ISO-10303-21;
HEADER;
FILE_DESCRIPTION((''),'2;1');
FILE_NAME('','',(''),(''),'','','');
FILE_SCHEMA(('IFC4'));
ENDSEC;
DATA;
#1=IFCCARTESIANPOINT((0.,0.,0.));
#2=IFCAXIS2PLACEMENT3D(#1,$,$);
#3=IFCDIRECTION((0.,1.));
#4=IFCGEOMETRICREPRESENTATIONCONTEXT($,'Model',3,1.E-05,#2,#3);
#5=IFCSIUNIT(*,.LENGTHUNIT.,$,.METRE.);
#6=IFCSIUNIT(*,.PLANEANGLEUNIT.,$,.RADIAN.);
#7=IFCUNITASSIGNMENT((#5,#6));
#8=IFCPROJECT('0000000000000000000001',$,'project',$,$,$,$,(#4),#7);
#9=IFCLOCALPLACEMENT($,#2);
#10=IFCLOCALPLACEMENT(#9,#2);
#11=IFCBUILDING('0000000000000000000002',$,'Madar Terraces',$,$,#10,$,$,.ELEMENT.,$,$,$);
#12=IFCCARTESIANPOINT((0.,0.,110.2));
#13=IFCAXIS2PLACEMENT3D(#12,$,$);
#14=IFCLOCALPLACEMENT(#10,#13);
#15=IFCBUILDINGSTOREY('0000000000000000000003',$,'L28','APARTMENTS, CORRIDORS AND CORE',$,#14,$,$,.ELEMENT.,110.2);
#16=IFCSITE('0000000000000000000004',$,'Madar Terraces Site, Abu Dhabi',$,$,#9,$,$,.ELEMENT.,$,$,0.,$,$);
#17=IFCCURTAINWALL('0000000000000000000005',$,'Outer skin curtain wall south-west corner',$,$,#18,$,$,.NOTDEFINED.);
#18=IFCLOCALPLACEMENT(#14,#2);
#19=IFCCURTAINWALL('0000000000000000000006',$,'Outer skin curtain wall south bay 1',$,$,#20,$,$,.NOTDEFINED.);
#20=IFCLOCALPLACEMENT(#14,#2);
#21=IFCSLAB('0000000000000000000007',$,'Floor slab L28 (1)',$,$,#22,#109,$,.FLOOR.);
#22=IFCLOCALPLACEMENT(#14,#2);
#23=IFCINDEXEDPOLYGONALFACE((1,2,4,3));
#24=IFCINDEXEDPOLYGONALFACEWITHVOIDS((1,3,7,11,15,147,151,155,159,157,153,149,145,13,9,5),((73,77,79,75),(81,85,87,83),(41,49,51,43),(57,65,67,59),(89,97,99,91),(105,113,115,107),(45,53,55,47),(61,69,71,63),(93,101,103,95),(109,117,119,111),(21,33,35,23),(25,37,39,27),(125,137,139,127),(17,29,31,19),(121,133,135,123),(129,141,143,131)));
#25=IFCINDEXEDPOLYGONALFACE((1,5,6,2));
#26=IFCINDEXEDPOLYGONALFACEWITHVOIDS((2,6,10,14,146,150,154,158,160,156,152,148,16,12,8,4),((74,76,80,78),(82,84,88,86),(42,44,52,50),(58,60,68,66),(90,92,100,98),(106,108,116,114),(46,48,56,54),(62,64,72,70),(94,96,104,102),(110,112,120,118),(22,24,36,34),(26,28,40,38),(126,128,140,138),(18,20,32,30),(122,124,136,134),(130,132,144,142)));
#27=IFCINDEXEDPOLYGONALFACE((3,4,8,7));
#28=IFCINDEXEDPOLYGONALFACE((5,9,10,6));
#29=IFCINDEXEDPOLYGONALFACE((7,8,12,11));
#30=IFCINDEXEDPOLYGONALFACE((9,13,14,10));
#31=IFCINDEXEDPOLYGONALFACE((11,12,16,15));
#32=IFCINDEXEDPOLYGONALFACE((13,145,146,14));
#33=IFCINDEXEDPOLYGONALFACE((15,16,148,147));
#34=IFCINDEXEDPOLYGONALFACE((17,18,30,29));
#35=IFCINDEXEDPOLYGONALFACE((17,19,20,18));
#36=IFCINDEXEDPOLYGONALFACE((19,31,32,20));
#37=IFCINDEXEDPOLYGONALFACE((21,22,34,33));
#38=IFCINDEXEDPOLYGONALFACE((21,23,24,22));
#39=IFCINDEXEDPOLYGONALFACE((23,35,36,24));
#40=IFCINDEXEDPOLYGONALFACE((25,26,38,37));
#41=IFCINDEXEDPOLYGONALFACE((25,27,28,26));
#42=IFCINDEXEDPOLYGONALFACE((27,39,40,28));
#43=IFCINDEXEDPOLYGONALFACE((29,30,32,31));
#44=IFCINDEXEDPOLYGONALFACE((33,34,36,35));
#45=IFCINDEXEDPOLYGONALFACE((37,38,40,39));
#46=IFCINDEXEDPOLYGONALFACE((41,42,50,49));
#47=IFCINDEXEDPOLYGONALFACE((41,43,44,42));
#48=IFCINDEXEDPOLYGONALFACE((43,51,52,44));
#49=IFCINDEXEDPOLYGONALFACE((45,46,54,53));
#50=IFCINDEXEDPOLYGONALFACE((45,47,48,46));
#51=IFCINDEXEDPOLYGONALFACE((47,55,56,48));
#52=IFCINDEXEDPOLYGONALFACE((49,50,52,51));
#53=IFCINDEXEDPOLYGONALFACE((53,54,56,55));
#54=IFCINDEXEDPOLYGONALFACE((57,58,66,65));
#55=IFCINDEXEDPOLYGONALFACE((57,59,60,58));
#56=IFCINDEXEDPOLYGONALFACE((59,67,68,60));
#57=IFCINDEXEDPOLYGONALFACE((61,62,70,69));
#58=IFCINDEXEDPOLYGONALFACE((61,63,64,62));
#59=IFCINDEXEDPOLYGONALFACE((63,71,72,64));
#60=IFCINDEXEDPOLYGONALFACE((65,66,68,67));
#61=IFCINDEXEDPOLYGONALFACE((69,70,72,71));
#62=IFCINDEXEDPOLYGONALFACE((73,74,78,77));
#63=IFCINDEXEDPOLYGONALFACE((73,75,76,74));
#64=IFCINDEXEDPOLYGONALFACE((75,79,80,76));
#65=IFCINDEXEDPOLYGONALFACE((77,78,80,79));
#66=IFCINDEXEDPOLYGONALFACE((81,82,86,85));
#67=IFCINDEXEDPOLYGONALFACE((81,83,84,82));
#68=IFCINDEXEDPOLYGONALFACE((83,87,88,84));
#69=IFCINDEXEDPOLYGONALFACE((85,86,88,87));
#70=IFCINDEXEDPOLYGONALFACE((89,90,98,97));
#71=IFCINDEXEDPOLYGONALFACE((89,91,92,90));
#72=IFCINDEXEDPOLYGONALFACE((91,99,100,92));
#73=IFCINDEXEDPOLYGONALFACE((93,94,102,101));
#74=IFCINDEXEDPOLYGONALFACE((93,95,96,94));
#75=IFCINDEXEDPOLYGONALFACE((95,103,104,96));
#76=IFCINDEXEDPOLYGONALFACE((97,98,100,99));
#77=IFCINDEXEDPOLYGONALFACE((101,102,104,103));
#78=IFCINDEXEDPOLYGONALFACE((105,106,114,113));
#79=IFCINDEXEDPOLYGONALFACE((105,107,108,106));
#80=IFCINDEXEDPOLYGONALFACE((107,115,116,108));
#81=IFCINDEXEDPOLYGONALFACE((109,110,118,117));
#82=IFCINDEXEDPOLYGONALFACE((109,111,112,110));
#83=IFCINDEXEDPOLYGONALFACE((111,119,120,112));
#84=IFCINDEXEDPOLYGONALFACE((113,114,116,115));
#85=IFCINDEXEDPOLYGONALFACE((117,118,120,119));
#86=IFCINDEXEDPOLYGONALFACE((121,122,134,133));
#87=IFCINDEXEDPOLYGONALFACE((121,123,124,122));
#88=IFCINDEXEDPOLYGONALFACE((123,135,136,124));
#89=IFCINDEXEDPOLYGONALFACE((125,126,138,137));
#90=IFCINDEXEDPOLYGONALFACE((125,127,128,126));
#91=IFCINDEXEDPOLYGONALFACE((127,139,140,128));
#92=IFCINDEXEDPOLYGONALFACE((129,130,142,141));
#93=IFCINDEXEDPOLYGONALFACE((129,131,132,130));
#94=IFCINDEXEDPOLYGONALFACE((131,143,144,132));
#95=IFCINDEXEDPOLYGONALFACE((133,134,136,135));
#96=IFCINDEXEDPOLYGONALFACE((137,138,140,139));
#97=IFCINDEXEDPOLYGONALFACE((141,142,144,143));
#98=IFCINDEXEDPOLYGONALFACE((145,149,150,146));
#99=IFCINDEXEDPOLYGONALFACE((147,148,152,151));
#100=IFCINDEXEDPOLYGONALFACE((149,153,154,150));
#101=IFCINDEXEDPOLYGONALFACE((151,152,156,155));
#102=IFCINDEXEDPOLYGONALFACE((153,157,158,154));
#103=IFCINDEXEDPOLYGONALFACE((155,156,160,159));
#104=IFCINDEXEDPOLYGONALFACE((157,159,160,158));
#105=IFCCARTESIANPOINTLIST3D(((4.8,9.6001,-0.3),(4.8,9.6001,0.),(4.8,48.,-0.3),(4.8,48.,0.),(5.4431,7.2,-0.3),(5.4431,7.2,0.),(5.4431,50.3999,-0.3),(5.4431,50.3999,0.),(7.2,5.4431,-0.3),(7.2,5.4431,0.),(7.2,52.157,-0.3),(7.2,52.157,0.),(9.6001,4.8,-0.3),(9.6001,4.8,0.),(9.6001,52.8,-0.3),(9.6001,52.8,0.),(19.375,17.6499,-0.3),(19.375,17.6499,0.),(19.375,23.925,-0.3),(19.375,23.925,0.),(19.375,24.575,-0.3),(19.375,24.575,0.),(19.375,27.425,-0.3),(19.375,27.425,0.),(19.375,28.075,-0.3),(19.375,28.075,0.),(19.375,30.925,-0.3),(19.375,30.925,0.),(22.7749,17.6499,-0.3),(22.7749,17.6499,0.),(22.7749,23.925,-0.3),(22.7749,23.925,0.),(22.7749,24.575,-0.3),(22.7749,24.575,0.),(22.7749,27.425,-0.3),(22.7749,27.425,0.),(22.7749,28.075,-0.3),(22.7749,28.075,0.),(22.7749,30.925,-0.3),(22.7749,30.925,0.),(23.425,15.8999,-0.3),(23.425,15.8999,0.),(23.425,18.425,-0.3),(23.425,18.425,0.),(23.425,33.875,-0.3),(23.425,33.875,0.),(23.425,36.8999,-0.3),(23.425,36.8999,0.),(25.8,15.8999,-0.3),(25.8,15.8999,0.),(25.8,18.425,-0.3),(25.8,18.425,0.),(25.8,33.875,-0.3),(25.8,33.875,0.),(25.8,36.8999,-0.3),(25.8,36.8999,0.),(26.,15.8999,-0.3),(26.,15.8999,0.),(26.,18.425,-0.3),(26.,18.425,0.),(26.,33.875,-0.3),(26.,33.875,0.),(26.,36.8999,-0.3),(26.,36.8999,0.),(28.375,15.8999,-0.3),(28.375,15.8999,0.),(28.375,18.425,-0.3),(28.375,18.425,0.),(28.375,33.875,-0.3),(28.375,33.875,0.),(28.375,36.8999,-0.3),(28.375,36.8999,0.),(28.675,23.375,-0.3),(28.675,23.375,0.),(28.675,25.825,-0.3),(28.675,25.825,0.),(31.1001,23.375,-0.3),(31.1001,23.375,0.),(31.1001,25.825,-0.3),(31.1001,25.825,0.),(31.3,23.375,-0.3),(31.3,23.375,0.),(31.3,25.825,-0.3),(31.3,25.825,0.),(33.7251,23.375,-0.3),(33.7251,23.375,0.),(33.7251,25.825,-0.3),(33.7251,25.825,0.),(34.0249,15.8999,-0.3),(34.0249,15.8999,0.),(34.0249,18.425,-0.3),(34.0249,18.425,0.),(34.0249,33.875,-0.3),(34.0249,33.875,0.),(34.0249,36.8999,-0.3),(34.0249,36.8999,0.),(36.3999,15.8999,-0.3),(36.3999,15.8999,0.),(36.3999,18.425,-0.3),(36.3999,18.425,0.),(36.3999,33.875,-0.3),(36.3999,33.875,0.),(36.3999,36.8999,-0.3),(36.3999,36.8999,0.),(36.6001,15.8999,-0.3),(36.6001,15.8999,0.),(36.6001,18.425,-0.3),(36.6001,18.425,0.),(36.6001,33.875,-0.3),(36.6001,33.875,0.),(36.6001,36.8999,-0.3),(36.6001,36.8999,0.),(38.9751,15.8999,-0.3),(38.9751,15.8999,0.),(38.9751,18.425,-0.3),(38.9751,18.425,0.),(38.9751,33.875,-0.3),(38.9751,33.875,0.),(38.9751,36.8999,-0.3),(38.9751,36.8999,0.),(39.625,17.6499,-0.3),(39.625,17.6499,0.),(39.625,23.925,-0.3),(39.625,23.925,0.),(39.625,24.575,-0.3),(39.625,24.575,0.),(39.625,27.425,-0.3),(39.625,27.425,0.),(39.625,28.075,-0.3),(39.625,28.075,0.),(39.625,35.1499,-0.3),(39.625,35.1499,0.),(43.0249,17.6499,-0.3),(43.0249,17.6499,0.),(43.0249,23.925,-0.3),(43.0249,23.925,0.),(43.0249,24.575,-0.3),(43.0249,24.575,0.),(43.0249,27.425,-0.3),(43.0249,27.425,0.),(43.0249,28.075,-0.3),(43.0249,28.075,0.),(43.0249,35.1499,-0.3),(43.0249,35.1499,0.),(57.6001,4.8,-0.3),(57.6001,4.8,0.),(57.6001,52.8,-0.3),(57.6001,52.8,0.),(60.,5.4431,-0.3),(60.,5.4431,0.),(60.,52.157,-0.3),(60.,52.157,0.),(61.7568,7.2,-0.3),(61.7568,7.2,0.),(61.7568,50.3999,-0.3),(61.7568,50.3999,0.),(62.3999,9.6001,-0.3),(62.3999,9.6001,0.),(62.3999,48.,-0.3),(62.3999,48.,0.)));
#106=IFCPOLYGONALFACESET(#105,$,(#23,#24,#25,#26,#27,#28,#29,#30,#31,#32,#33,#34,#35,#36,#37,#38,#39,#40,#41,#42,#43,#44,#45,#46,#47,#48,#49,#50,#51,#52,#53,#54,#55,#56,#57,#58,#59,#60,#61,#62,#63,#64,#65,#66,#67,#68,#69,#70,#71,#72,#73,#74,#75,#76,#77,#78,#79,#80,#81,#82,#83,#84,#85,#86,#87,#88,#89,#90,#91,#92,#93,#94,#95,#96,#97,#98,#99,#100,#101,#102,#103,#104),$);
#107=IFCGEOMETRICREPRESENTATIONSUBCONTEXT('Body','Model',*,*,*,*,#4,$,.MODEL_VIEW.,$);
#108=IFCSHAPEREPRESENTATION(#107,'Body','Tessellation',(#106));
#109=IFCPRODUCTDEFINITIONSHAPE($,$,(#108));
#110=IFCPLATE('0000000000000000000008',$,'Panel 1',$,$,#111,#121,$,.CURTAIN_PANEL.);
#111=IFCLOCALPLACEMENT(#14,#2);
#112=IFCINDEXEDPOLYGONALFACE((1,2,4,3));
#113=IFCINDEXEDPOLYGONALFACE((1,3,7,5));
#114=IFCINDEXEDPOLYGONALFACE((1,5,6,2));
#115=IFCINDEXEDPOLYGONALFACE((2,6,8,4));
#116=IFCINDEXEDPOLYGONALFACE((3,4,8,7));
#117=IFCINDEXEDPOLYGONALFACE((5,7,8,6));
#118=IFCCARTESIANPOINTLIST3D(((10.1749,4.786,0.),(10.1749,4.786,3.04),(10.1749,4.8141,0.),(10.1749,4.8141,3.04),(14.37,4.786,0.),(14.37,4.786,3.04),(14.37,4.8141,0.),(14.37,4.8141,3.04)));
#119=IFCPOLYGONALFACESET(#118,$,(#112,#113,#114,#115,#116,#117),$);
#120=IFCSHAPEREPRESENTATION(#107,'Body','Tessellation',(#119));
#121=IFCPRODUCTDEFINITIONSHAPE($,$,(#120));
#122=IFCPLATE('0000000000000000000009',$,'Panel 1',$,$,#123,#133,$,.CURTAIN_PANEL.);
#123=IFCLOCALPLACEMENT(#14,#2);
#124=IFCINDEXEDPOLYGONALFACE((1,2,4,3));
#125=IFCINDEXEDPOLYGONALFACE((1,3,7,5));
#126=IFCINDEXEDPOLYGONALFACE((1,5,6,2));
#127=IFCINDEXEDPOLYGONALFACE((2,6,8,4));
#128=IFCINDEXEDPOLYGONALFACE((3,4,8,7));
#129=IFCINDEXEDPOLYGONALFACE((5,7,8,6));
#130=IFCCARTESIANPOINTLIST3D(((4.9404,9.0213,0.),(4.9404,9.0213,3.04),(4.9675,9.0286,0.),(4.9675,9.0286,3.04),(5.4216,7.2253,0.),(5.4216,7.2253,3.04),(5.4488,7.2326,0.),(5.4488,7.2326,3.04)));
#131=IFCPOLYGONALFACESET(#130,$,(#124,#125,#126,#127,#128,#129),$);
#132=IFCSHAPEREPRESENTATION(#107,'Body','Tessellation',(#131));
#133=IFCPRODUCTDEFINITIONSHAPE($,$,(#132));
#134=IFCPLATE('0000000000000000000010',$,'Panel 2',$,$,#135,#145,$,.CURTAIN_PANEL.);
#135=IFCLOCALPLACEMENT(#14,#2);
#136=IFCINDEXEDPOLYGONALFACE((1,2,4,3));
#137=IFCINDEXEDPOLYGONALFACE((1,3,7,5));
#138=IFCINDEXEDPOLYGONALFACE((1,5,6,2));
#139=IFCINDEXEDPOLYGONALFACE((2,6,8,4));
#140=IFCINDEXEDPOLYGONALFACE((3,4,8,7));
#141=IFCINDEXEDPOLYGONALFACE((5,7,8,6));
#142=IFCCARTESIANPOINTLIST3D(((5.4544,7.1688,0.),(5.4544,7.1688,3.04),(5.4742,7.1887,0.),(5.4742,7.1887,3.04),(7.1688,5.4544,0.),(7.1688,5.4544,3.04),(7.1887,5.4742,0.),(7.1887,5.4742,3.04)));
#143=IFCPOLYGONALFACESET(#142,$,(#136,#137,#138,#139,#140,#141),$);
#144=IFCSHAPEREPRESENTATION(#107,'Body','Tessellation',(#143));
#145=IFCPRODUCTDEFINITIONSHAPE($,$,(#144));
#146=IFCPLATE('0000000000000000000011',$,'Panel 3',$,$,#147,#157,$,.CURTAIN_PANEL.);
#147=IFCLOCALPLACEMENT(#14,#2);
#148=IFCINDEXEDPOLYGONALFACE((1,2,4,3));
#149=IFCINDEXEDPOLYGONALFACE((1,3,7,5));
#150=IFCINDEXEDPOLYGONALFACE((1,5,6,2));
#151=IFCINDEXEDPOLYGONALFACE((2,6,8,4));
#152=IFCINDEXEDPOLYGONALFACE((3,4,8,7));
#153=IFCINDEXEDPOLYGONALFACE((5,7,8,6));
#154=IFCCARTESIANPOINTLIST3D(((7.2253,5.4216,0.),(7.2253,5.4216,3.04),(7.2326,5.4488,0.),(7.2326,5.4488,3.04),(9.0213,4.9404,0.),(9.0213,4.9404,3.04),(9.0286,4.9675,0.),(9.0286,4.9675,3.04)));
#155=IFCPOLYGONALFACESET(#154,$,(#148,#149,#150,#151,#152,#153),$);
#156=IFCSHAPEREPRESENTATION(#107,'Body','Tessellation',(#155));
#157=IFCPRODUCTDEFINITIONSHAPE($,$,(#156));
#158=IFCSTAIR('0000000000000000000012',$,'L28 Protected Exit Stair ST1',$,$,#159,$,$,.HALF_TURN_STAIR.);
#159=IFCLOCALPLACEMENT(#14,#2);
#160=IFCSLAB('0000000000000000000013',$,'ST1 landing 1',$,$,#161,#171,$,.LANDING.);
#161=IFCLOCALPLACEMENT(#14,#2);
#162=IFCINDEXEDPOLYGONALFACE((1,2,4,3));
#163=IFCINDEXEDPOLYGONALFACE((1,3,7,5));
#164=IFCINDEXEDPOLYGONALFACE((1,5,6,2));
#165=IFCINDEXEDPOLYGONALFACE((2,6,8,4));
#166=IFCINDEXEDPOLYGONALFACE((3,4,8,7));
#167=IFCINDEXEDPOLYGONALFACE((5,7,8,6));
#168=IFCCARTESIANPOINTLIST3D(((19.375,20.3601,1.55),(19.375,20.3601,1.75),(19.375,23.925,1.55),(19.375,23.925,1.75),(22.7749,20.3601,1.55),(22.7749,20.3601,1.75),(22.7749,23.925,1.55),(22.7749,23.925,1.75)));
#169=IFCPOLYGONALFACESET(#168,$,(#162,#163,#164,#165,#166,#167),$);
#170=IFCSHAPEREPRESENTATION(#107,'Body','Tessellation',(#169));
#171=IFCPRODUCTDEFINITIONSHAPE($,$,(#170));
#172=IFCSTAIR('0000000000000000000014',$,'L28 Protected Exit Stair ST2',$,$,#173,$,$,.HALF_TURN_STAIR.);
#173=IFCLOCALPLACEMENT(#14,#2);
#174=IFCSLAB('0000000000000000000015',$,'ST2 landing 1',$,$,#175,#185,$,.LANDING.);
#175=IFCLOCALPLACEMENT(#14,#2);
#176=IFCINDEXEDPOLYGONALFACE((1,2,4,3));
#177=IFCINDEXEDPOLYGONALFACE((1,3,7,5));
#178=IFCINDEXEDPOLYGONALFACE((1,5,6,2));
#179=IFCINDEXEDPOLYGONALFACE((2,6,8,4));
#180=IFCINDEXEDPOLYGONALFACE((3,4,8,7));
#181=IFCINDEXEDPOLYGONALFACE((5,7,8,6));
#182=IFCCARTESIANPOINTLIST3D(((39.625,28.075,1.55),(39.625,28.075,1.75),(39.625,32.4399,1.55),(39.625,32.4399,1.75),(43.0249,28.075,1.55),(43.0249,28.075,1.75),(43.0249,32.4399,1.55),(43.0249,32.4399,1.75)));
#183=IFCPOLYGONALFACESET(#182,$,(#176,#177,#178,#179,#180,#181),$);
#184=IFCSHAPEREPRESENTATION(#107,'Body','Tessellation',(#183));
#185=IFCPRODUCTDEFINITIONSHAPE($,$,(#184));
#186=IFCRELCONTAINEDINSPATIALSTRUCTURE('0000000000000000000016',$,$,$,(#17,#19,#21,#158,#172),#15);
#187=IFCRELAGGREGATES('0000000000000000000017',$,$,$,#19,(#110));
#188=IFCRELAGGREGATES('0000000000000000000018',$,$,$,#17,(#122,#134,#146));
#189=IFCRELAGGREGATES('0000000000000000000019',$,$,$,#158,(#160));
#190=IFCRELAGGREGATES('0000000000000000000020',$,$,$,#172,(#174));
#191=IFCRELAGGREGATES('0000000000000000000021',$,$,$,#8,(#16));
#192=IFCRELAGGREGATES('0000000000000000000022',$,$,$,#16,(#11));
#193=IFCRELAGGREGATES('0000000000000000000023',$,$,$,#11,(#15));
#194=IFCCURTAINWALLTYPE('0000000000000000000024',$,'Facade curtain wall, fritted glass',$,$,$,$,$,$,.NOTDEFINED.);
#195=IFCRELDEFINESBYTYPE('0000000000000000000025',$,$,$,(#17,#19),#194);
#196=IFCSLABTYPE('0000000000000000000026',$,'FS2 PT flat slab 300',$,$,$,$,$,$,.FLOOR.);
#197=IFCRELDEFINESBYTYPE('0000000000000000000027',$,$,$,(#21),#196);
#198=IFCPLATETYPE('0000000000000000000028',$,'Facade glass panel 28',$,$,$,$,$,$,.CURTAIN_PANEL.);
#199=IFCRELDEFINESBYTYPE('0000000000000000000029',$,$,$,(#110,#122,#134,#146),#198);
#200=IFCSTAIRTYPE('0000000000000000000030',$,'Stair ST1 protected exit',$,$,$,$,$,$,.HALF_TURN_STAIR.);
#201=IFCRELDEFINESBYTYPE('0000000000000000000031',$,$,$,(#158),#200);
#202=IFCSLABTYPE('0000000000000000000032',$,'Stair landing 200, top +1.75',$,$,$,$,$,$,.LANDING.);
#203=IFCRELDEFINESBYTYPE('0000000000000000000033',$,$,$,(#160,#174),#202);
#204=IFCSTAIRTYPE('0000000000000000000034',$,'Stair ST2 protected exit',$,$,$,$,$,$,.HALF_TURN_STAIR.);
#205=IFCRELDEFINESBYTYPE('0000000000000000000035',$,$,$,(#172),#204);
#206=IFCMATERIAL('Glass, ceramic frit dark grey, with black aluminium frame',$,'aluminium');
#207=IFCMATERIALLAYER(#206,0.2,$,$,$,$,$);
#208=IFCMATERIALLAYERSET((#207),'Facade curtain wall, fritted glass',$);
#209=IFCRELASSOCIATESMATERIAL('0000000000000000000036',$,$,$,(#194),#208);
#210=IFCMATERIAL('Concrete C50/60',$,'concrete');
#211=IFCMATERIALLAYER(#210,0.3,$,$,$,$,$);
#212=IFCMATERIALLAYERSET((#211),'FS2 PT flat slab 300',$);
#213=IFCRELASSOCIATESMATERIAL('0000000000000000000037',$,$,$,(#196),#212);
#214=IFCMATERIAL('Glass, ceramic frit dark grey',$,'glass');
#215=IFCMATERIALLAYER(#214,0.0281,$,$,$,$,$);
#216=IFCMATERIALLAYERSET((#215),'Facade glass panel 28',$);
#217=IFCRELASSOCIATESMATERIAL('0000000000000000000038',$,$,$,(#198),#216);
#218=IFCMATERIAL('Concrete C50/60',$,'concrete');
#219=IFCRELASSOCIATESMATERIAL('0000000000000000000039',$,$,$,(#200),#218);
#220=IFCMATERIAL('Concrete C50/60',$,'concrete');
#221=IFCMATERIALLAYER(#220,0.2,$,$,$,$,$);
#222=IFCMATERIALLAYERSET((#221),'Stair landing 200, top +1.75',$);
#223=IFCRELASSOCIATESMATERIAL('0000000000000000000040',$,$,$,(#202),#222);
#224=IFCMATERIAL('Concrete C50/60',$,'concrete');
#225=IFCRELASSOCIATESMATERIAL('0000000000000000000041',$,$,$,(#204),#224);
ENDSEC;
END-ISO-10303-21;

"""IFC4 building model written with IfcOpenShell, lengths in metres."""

from ifc_helpers import new_model, si_unit, direction, frame, origin, origin_2d, place, context, subcontext, project, spatial, polyline, rectangle, outline, extrude, material, layer, layer_set, type_object, element, aggregate, save


model = new_model("IFC4")

# Units and contexts
model_context = context("Model", 3, precision=1e-05, world=origin(), true_north=direction((0.0, 1.0)))
body_context = subcontext(model_context, "Body", "Model", "MODEL_VIEW")
ifc_project = project(units=[si_unit("LENGTHUNIT", "METRE"), si_unit("PLANEANGLEUNIT", "RADIAN")], contexts=[model_context])

# Site, building, storey
site_placement = place(None, origin())
site = spatial("IfcSite", under=ifc_project, at=site_placement, Name="Madar Terraces Site, Abu Dhabi", CompositionType="ELEMENT", RefElevation=0.0)
building_placement = place(site_placement, origin())
building = spatial("IfcBuilding", under=site, at=building_placement, Name="Madar Terraces", CompositionType="ELEMENT")
storey_placement = place(building_placement, frame((0.0, 0.0, 110.2)))
storey = spatial("IfcBuildingStorey", under=building, at=storey_placement, Name="L28", Description="APARTMENTS, CORRIDORS AND CORE", CompositionType="ELEMENT", Elevation=110.2)

# Curtain wall
ifc_material_1 = material(Name="Glass, ceramic frit dark grey, with black aluminium frame", Category="aluminium")
ifc_layer_1 = layer(ifc_material_1, 0.2)
ifc_layer_set_1 = layer_set([ifc_layer_1], Name="Facade curtain wall, fritted glass")
curtain_wall_type = type_object("IfcCurtainWallType", Name="Facade curtain wall, fritted glass", PredefinedType="NOTDEFINED", material=ifc_layer_set_1)
curtain_wall_1_placement = place(storey_placement, origin())
curtain_wall_1 = element("IfcCurtainWall", 1, at=curtain_wall_1_placement, inside=storey, type_object=curtain_wall_type, Name="Outer skin curtain wall south-west corner", PredefinedType="NOTDEFINED")

# Curtain wall
curtain_wall_2_placement = place(storey_placement, origin())
curtain_wall_2 = element("IfcCurtainWall", 2, at=curtain_wall_2_placement, inside=storey, type_object=curtain_wall_type, Name="Outer skin curtain wall south bay 1", PredefinedType="NOTDEFINED")

# Slab
ifc_material_2 = material(Name="Concrete C50/60", Category="concrete")
ifc_layer_2 = layer(ifc_material_2, 0.3)
ifc_layer_set_2 = layer_set([ifc_layer_2], Name="FS2 PT flat slab 300")
slab_type_1 = type_object("IfcSlabType", Name="FS2 PT flat slab 300", PredefinedType="FLOOR", material=ifc_layer_set_2)
slab_1_placement = place(storey_placement, frame((0.0, 0.0, -0.3)))
element("IfcSlab", 3, at=slab_1_placement, inside=storey, type_object=slab_type_1, Name="Floor slab L28 (1)", PredefinedType="FLOOR", context=body_context, shape_type="SweptSolid", body=[
    extrude(outline(polyline([(57.6001, 4.8), (60.0, 5.4431), (61.7568, 7.2), (62.3999, 9.6001), (62.3999, 48.0), (61.7568, 50.3999), (60.0, 52.157), (57.6001, 52.8), (9.6001, 52.8), (7.2, 52.157), (5.4431, 50.3999), (4.8, 48.0), (4.8, 9.6001), (5.4431, 7.2), (7.2, 5.4431), (9.6001, 4.8), (57.6001, 4.8)]), holes=[polyline([(23.425, 15.8999), (23.425, 18.425), (25.8, 18.425), (25.8, 15.8999), (23.425, 15.8999)]), polyline([(26.0, 15.8999), (26.0, 18.425), (28.375, 18.425), (28.375, 15.8999), (26.0, 15.8999)]), polyline([(19.375, 17.6499), (19.375, 23.925), (22.7749, 23.925), (22.7749, 17.6499), (19.375, 17.6499)]), polyline([(28.675, 23.375), (28.675, 25.825), (31.1001, 25.825), (31.1001, 23.375), (28.675, 23.375)]), polyline([(19.375, 24.575), (19.375, 27.425), (22.7749, 27.425), (22.7749, 24.575), (19.375, 24.575)]), polyline([(19.375, 28.075), (19.375, 30.925), (22.7749, 30.925), (22.7749, 28.075), (19.375, 28.075)]), polyline([(23.425, 33.875), (23.425, 36.8999), (25.8, 36.8999), (25.8, 33.875), (23.425, 33.875)]), polyline([(26.0, 33.875), (26.0, 36.8999), (28.375, 36.8999), (28.375, 33.875), (26.0, 33.875)]), polyline([(34.0249, 15.8999), (34.0249, 18.425), (36.3999, 18.425), (36.3999, 15.8999), (34.0249, 15.8999)]), polyline([(36.6001, 15.8999), (36.6001, 18.425), (38.9751, 18.425), (38.9751, 15.8999), (36.6001, 15.8999)]), polyline([(39.625, 17.6499), (39.625, 23.925), (43.0249, 23.925), (43.0249, 17.6499), (39.625, 17.6499)]), polyline([(31.3, 23.375), (31.3, 25.825), (33.7251, 25.825), (33.7251, 23.375), (31.3, 23.375)]), polyline([(39.625, 24.575), (39.625, 27.425), (43.0249, 27.425), (43.0249, 24.575), (39.625, 24.575)]), polyline([(39.625, 28.075), (39.625, 35.1499), (43.0249, 35.1499), (43.0249, 28.075), (39.625, 28.075)]), polyline([(34.0249, 33.875), (34.0249, 36.8999), (36.3999, 36.8999), (36.3999, 33.875), (34.0249, 33.875)]), polyline([(36.6001, 33.875), (36.6001, 36.8999), (38.9751, 36.8999), (38.9751, 33.875), (36.6001, 33.875)])]), origin(), (0.0, 0.0, 1.0), 0.3),
])

# Plates
ifc_material_3 = material(Name="Glass, ceramic frit dark grey", Category="glass")
ifc_layer_3 = layer(ifc_material_3, 0.0281)
ifc_layer_set_3 = layer_set([ifc_layer_3], Name="Facade glass panel 28")
plate_type = type_object("IfcPlateType", Name="Facade glass panel 28", PredefinedType="CURTAIN_PANEL", material=ifc_layer_set_3)
plate_1_placement = place(storey_placement, frame((12.2725, 4.8, 0.0), z_axis=(0.0, 0.0, 1.0), x_axis=(1.0, 0.0, 0.0)))
plate_1 = element("IfcPlate", 4, at=plate_1_placement, type_object=plate_type, Name="Panel 1", PredefinedType="CURTAIN_PANEL", context=body_context, shape_type="SweptSolid", body=[
    extrude(rectangle(XDim=4.1951, YDim=0.0281, at=origin_2d()), origin(), (0.0, 0.0, 1.0), 3.04),
])
aggregate(curtain_wall_2, [plate_1])
plate_2_placement = place(storey_placement, frame((5.1946, 8.127, 0.0), z_axis=(0.0, 0.0, 1.0), x_axis=(0.258819, -0.965926, 0.0)))
plate_2 = element("IfcPlate", 5, at=plate_2_placement, type_object=plate_type, Name="Panel 1", PredefinedType="CURTAIN_PANEL", context=body_context, shape_type="SweptSolid", body=[
    extrude(rectangle(XDim=1.8594, YDim=0.0281, at=origin_2d()), origin(), (0.0, 0.0, 1.0), 3.04),
])
plate_3_placement = place(storey_placement, frame((6.3215, 6.3215, 0.0), z_axis=(0.0, 0.0, 1.0), x_axis=(0.707107, -0.707107, 0.0)))
plate_3 = element("IfcPlate", 6, at=plate_3_placement, type_object=plate_type, Name="Panel 2", PredefinedType="CURTAIN_PANEL", context=body_context, shape_type="SweptSolid", body=[
    extrude(rectangle(XDim=2.4246, YDim=0.0281, at=origin_2d()), origin(), (0.0, 0.0, 1.0), 3.04),
])
plate_4_placement = place(storey_placement, frame((8.127, 5.1946, 0.0), z_axis=(0.0, 0.0, 1.0), x_axis=(0.965926, -0.258819, 0.0)))
plate_4 = element("IfcPlate", 7, at=plate_4_placement, type_object=plate_type, Name="Panel 3", PredefinedType="CURTAIN_PANEL", context=body_context, shape_type="SweptSolid", body=[
    extrude(rectangle(XDim=1.8594, YDim=0.0281, at=origin_2d()), origin(), (0.0, 0.0, 1.0), 3.04),
])
aggregate(curtain_wall_1, [plate_2, plate_3, plate_4])

# Stairs, slabs
ifc_material_4 = material(Name="Concrete C50/60", Category="concrete")
stair_type_1 = type_object("IfcStairType", Name="Stair ST1 protected exit", PredefinedType="HALF_TURN_STAIR", material=ifc_material_4)
stair_1_placement = place(storey_placement, origin())
stair_1 = element("IfcStair", 8, at=stair_1_placement, inside=storey, type_object=stair_type_1, Name="L28 Protected Exit Stair ST1", PredefinedType="HALF_TURN_STAIR")
ifc_material_5 = material(Name="Concrete C50/60", Category="concrete")
ifc_layer_4 = layer(ifc_material_5, 0.2)
ifc_layer_set_4 = layer_set([ifc_layer_4], Name="Stair landing 200, top +1.75")
slab_type_2 = type_object("IfcSlabType", Name="Stair landing 200, top +1.75", PredefinedType="LANDING", material=ifc_layer_set_4)
slab_2_placement = place(storey_placement, frame((0.0, 0.0, 1.55)))
slab_2 = element("IfcSlab", 9, at=slab_2_placement, type_object=slab_type_2, Name="ST1 landing 1", PredefinedType="LANDING", context=body_context, shape_type="SweptSolid", body=[
    extrude(outline(polyline([(19.375, 20.3601), (22.7749, 20.3601), (22.7749, 23.925), (19.375, 23.925), (19.375, 20.3601)])), origin(), (0.0, 0.0, 1.0), 0.2),
])
aggregate(stair_1, [slab_2])
ifc_material_6 = material(Name="Concrete C50/60", Category="concrete")
stair_type_2 = type_object("IfcStairType", Name="Stair ST2 protected exit", PredefinedType="HALF_TURN_STAIR", material=ifc_material_6)
stair_2_placement = place(storey_placement, origin())
stair_2 = element("IfcStair", 10, at=stair_2_placement, inside=storey, type_object=stair_type_2, Name="L28 Protected Exit Stair ST2", PredefinedType="HALF_TURN_STAIR")
slab_3_placement = place(storey_placement, frame((0.0, 0.0, 1.55)))
slab_3 = element("IfcSlab", 11, at=slab_3_placement, type_object=slab_type_2, Name="ST2 landing 1", PredefinedType="LANDING", context=body_context, shape_type="SweptSolid", body=[
    extrude(outline(polyline([(39.625, 28.075), (43.0249, 28.075), (43.0249, 32.4399), (39.625, 32.4399), (39.625, 28.075)])), origin(), (0.0, 0.0, 1.0), 0.2),
])
aggregate(stair_2, [slab_3])

save(model, "model.ifc")
